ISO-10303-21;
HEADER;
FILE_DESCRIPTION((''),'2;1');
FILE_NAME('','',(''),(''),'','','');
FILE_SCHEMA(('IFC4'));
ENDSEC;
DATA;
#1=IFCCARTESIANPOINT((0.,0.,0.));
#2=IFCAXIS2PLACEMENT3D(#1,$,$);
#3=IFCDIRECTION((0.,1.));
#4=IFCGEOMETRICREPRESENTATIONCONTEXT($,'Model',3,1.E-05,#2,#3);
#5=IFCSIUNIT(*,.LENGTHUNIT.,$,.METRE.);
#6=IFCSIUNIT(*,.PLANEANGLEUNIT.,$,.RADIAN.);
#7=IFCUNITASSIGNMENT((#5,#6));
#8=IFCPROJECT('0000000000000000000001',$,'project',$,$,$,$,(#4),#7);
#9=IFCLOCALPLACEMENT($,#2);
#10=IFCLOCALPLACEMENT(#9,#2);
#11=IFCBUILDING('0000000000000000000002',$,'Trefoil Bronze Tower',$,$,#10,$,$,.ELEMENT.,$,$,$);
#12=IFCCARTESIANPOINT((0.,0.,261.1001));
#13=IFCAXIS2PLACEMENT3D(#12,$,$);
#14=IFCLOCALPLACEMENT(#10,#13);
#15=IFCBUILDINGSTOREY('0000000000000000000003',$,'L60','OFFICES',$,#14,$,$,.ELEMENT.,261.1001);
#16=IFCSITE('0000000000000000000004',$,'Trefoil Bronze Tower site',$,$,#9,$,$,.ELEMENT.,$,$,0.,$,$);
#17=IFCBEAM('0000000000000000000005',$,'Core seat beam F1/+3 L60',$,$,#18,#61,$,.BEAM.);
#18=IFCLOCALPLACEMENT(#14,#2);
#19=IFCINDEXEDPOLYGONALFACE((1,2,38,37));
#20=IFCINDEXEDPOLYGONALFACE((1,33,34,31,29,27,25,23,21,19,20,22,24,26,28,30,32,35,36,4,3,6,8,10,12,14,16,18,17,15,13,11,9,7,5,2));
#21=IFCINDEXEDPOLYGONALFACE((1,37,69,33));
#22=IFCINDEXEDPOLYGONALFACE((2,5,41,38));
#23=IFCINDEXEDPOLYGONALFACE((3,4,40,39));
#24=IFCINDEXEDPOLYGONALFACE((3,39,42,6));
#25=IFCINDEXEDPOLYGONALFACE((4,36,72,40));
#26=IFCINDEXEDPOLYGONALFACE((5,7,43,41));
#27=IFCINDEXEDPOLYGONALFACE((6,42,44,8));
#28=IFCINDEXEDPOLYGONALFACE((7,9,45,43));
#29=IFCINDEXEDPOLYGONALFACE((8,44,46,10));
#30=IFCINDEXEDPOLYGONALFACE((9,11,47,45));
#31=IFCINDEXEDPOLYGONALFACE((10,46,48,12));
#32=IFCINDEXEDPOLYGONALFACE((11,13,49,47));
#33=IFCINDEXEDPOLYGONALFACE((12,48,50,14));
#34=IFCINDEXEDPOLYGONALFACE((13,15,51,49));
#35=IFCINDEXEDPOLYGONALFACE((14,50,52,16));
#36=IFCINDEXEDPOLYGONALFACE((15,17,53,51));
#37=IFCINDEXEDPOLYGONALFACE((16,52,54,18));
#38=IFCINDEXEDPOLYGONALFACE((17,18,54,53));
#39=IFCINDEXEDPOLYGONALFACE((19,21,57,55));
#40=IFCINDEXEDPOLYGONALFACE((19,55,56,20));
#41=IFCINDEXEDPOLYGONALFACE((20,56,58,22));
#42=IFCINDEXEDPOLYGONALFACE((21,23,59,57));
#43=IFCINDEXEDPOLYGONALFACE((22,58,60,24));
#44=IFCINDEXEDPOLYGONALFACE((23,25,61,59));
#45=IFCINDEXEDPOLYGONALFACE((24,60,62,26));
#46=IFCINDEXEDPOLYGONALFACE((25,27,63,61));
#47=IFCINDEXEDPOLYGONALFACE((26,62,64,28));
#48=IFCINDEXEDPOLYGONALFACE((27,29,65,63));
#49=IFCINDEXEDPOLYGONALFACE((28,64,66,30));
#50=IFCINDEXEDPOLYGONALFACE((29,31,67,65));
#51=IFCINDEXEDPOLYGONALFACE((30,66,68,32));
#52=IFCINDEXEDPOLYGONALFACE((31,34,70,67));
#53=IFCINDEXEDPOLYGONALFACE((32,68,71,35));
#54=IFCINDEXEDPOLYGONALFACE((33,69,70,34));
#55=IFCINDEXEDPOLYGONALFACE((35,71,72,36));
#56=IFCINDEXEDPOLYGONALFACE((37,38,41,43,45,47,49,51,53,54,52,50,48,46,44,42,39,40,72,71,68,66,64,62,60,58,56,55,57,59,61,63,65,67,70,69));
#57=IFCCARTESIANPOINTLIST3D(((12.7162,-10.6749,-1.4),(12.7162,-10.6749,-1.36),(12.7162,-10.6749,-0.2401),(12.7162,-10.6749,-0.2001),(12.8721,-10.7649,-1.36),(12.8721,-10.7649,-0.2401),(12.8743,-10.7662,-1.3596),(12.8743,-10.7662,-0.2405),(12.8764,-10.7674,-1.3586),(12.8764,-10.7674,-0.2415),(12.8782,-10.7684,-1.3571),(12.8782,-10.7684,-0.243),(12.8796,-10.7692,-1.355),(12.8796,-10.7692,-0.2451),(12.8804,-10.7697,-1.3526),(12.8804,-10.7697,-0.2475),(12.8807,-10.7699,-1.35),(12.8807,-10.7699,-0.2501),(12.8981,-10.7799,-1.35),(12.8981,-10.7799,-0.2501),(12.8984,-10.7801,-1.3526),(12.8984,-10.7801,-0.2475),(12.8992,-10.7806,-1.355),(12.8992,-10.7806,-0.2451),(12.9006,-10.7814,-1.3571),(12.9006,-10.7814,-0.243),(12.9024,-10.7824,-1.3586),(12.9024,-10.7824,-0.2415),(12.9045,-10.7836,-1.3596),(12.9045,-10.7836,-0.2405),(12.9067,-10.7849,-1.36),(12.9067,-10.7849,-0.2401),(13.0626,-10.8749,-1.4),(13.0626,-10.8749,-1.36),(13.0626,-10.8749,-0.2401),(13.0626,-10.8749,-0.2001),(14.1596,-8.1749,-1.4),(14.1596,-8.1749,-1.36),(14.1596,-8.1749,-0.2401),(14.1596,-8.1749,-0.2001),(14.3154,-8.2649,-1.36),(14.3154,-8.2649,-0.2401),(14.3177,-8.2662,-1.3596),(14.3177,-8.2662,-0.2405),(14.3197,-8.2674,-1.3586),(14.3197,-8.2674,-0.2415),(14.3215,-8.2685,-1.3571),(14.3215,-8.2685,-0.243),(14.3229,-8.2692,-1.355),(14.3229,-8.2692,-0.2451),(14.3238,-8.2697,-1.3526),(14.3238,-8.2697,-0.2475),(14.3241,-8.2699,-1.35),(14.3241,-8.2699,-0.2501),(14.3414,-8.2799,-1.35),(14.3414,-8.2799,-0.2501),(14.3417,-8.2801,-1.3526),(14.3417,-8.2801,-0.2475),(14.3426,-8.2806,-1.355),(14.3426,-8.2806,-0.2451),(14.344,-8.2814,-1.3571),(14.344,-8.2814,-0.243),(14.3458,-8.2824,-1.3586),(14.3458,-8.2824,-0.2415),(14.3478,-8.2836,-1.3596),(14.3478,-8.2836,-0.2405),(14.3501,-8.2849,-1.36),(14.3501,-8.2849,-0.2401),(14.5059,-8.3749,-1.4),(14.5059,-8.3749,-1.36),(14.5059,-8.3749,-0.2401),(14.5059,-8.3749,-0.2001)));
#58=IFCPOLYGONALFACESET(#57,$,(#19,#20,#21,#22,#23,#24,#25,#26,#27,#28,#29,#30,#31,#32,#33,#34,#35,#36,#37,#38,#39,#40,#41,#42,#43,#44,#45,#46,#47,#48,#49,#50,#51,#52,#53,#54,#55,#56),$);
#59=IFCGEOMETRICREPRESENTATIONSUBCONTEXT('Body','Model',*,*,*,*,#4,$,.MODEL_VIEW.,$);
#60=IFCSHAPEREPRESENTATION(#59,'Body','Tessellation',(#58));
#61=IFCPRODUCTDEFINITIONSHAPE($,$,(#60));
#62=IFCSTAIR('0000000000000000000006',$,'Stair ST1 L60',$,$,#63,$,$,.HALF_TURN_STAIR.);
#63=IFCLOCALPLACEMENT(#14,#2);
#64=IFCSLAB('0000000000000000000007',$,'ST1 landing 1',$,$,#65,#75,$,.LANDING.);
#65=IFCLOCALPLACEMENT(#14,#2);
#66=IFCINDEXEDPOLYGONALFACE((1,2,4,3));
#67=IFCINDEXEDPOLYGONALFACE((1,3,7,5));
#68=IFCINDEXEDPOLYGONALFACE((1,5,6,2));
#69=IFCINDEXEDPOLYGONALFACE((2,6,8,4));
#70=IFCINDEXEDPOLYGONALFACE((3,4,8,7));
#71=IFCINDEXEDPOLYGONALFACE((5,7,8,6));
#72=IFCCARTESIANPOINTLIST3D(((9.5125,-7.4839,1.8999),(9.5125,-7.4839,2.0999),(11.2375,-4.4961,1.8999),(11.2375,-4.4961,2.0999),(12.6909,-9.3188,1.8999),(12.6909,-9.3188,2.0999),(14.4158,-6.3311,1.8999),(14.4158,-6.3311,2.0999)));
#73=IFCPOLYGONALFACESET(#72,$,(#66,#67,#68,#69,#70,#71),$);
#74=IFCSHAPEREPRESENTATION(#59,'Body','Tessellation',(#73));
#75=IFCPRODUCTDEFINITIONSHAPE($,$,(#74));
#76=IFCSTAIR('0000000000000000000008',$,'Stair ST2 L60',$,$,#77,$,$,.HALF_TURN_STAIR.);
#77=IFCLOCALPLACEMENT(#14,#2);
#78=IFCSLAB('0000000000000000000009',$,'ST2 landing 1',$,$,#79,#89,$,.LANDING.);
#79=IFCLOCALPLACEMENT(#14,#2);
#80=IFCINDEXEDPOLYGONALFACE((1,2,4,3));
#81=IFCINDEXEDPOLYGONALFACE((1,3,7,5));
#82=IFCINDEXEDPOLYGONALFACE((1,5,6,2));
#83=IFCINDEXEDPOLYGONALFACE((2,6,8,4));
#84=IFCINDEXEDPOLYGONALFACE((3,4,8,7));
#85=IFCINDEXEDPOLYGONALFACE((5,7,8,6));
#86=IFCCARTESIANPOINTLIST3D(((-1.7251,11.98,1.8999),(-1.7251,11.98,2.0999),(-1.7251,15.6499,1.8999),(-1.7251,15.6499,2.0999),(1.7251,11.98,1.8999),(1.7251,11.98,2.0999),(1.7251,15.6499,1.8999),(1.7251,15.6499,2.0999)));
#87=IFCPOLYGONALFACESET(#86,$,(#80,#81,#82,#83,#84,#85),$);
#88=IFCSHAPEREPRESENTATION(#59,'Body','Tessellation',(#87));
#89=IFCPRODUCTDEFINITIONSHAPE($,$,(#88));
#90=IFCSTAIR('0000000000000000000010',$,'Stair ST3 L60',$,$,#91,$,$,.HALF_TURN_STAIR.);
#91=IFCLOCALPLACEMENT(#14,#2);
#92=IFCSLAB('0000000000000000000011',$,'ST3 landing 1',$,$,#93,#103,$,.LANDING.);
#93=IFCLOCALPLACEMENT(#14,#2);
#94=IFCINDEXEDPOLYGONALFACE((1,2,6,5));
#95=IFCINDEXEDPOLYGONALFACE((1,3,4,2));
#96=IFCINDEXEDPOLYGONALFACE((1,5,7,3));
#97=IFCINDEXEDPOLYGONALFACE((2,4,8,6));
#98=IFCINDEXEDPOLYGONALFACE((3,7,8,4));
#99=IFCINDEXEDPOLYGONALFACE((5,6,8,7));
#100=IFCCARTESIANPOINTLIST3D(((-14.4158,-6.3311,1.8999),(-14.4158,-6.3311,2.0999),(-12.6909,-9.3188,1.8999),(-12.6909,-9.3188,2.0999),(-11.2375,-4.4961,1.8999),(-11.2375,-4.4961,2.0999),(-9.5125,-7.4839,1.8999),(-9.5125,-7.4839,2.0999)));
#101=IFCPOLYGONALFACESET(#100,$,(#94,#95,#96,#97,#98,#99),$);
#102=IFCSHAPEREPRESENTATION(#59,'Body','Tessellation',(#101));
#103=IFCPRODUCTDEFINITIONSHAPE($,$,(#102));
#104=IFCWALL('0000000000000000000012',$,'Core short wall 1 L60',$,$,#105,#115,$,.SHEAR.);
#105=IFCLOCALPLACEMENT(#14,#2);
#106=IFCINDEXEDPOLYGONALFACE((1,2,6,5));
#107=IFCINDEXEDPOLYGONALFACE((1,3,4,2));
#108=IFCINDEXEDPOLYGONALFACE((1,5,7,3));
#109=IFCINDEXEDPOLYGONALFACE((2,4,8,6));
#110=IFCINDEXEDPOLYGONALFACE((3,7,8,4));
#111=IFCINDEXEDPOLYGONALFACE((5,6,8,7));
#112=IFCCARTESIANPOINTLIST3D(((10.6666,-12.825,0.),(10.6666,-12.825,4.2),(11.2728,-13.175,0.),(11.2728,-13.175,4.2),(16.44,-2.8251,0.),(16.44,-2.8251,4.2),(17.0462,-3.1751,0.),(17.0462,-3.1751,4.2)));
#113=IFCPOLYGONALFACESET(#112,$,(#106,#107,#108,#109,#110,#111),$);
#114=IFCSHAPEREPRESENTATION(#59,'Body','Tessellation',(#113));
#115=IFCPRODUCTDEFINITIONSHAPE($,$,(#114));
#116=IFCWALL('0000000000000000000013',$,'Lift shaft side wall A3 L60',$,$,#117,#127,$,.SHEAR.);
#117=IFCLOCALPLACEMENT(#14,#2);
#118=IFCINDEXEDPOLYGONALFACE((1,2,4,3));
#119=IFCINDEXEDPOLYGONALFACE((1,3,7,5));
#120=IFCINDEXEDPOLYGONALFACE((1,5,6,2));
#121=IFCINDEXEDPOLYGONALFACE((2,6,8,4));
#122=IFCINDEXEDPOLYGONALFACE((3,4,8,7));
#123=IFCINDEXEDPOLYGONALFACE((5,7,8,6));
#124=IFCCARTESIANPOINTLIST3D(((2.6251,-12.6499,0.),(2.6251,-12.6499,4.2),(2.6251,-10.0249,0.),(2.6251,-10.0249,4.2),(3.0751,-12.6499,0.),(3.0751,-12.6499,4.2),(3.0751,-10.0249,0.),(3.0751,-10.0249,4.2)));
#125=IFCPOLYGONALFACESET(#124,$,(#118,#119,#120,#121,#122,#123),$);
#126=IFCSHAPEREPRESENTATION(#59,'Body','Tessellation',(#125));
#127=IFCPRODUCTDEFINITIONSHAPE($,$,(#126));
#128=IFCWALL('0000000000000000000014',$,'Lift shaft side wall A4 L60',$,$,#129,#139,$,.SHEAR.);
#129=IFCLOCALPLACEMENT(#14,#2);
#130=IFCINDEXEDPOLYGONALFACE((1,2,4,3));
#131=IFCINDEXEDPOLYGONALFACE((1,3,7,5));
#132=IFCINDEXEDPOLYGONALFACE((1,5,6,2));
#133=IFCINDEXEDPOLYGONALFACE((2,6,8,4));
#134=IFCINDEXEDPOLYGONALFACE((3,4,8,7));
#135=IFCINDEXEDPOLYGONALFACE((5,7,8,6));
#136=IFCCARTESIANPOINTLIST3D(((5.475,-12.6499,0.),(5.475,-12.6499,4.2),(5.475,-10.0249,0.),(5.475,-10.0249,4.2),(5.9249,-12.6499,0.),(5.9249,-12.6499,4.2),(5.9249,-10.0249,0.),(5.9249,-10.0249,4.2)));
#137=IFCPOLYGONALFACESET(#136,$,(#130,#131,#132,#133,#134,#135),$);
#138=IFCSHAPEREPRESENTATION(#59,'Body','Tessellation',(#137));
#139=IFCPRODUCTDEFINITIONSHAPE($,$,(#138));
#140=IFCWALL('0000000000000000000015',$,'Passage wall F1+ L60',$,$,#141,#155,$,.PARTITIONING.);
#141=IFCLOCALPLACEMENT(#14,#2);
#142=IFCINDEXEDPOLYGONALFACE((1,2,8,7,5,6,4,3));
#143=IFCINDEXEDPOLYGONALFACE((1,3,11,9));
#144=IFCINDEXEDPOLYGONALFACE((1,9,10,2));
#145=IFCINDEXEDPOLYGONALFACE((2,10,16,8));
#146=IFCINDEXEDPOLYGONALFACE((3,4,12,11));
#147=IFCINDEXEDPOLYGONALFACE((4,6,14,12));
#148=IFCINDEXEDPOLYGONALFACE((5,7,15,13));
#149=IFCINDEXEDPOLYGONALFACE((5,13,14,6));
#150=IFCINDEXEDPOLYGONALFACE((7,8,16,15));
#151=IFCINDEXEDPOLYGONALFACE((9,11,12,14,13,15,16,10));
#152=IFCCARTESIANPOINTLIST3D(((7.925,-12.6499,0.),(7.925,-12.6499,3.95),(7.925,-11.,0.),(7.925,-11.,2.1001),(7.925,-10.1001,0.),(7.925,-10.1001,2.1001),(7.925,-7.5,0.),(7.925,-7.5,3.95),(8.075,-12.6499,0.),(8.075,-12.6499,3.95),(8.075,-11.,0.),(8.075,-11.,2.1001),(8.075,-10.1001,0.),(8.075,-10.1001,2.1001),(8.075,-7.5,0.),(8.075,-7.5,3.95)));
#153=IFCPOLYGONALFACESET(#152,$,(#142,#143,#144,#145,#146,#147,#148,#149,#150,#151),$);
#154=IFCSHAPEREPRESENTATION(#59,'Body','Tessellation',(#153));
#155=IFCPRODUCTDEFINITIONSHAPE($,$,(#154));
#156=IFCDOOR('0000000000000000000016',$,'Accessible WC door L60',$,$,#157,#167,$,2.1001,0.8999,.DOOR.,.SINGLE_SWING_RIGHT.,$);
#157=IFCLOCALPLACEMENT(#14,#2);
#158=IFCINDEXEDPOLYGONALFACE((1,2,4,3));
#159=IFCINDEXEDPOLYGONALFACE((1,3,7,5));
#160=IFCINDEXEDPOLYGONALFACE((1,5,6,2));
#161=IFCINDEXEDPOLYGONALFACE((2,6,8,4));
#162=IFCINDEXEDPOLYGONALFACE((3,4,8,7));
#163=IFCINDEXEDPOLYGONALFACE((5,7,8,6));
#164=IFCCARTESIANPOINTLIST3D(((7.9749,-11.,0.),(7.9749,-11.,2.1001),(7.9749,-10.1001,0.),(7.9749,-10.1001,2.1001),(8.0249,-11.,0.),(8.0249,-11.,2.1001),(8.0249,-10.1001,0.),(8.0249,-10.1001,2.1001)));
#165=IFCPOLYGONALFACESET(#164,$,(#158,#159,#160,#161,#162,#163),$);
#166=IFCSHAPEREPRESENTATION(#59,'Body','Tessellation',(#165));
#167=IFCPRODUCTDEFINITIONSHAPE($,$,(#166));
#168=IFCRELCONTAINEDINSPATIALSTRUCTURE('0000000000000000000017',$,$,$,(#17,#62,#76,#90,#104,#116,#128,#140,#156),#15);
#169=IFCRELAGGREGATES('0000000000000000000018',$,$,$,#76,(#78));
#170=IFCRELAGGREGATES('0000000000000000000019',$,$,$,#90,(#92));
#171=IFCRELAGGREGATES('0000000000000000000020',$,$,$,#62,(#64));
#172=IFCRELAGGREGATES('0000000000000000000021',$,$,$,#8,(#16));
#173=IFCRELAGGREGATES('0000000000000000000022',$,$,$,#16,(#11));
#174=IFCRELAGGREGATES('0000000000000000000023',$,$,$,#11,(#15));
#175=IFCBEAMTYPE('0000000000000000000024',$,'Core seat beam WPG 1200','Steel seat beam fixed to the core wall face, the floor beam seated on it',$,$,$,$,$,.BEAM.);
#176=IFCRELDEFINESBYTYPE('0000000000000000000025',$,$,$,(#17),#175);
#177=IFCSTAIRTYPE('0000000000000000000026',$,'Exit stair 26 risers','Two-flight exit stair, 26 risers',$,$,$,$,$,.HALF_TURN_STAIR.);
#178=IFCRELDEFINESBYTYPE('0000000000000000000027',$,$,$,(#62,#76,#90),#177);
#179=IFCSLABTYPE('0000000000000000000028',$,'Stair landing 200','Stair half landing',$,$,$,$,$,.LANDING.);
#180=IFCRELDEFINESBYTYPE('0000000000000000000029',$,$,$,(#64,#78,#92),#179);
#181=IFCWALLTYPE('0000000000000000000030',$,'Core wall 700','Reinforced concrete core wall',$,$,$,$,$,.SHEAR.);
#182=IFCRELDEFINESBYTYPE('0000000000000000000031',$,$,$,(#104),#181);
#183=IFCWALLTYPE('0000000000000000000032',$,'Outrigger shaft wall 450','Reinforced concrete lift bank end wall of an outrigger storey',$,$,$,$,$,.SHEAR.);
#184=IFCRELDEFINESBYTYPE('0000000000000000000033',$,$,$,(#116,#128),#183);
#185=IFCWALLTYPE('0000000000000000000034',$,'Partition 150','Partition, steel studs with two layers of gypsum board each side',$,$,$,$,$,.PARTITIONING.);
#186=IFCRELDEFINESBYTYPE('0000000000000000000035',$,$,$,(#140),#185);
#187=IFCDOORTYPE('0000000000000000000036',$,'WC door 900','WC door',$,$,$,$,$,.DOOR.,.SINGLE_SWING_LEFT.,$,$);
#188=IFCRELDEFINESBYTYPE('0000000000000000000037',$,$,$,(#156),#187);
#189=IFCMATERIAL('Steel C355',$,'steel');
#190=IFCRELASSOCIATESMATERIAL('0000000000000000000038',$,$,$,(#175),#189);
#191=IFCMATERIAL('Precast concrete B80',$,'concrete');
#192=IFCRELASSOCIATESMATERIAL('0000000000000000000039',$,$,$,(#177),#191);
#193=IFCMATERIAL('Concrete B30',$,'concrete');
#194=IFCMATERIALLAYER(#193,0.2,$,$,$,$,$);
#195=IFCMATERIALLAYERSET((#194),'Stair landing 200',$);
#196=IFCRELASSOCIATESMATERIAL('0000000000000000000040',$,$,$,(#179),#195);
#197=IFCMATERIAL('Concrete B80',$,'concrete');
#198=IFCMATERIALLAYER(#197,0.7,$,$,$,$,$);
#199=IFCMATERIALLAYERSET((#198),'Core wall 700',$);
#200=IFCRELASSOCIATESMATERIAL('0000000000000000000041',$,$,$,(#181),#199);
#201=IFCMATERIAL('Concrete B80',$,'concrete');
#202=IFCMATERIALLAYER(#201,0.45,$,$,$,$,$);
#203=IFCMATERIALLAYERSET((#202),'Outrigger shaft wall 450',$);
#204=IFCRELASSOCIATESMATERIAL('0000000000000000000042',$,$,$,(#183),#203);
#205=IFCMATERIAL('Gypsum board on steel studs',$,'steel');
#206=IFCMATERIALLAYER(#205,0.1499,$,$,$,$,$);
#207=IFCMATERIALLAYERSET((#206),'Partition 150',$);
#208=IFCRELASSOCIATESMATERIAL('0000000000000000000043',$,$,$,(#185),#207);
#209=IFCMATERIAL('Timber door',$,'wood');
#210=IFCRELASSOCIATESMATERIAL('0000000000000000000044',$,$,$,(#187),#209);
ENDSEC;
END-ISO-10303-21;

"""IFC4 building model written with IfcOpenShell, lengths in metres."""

from ifc_helpers import new_model, si_unit, direction, frame, frame_2d, origin, origin_2d, place, context, subcontext, project, spatial, polyline, rectangle, i_section, outline, extrude, material, layer, layer_set, material_profile, profile_set, type_object, element, fill, aggregate, save


model = new_model("IFC4")

# Units and contexts
model_context = context("Model", 3, precision=1e-05, world=origin(), true_north=direction((0.0, 1.0)))
body_context = subcontext(model_context, "Body", "Model", "MODEL_VIEW")
ifc_project = project(units=[si_unit("LENGTHUNIT", "METRE"), si_unit("PLANEANGLEUNIT", "RADIAN")], contexts=[model_context])

# Site, building, storey
site_placement = place(None, origin())
site = spatial("IfcSite", under=ifc_project, at=site_placement, Name="Trefoil Bronze Tower site", CompositionType="ELEMENT", RefElevation=0.0)
building_placement = place(site_placement, origin())
building = spatial("IfcBuilding", under=site, at=building_placement, Name="Trefoil Bronze Tower", CompositionType="ELEMENT")
storey_placement = place(building_placement, frame((0.0, 0.0, 261.1001)))
storey = spatial("IfcBuildingStorey", under=building, at=storey_placement, Name="L60", Description="OFFICES", CompositionType="ELEMENT", Elevation=261.1001)

# Beam
ifc_material_1 = material(Name="Steel C355", Category="steel")
ifc_material_profile = material_profile(ifc_material_1, i_section(OverallWidth=0.3999, OverallDepth=1.2, WebThickness=0.02, FlangeThickness=0.04, FilletRadius=0.01, at=origin_2d()), Name="WPG 1200")
ifc_profile_set = profile_set([ifc_material_profile], Name="Steel C355")
beam_type = type_object("IfcBeamType", Name="Core seat beam WPG 1200", Description="Steel seat beam fixed to the core wall face, the floor beam seated on it", PredefinedType="BEAM", material=ifc_profile_set)
beam_placement = place(storey_placement, frame((12.8894, -10.7749, -0.8), z_axis=(0.499996, 0.866028, 0.0), x_axis=(-0.866028, 0.499996, 0.0)))
element("IfcBeam", 1, at=beam_placement, inside=storey, type_object=beam_type, Name="Core seat beam F1/+3 L60", PredefinedType="BEAM", context=body_context, shape_type="SweptSolid", body=[
    extrude(i_section(OverallWidth=0.3999, OverallDepth=1.2, WebThickness=0.02, FlangeThickness=0.04, FilletRadius=0.01, at=origin_2d()), origin(), (0.0, 0.0, 1.0), 2.8867),
])

# Stairs, slabs
ifc_material_2 = material(Name="Precast concrete B80", Category="concrete")
stair_type = type_object("IfcStairType", Name="Exit stair 26 risers", Description="Two-flight exit stair, 26 risers", PredefinedType="HALF_TURN_STAIR", material=ifc_material_2)
stair_1_placement = place(storey_placement, origin())
stair_1 = element("IfcStair", 2, at=stair_1_placement, inside=storey, type_object=stair_type, Name="Stair ST1 L60", PredefinedType="HALF_TURN_STAIR")
ifc_material_3 = material(Name="Concrete B30", Category="concrete")
ifc_layer_1 = layer(ifc_material_3, 0.2)
ifc_layer_set_1 = layer_set([ifc_layer_1], Name="Stair landing 200")
slab_type = type_object("IfcSlabType", Name="Stair landing 200", Description="Stair half landing", PredefinedType="LANDING", material=ifc_layer_set_1)
slab_1_placement = place(storey_placement, frame((0.0, 0.0, 1.8999)))
slab_1 = element("IfcSlab", 3, at=slab_1_placement, type_object=slab_type, Name="ST1 landing 1", PredefinedType="LANDING", context=body_context, shape_type="SweptSolid", body=[
    extrude(outline(polyline([(9.5125, -7.4839), (12.6909, -9.3188), (14.4158, -6.3311), (11.2375, -4.4961), (9.5125, -7.4839)])), origin(), (0.0, 0.0, 1.0), 0.2),
])
stair_2_placement = place(storey_placement, origin())
stair_2 = element("IfcStair", 4, at=stair_2_placement, inside=storey, type_object=stair_type, Name="Stair ST2 L60", PredefinedType="HALF_TURN_STAIR")
slab_2_placement = place(storey_placement, frame((0.0, 0.0, 1.8999)))
slab_2 = element("IfcSlab", 5, at=slab_2_placement, type_object=slab_type, Name="ST2 landing 1", PredefinedType="LANDING", context=body_context, shape_type="SweptSolid", body=[
    extrude(outline(polyline([(1.7251, 11.98), (1.7251, 15.6499), (-1.7251, 15.6499), (-1.7251, 11.98), (1.7251, 11.98)])), origin(), (0.0, 0.0, 1.0), 0.2),
])
aggregate(stair_2, [slab_2])
stair_3_placement = place(storey_placement, origin())
stair_3 = element("IfcStair", 6, at=stair_3_placement, inside=storey, type_object=stair_type, Name="Stair ST3 L60", PredefinedType="HALF_TURN_STAIR")
slab_3_placement = place(storey_placement, frame((0.0, 0.0, 1.8999)))
slab_3 = element("IfcSlab", 7, at=slab_3_placement, type_object=slab_type, Name="ST3 landing 1", PredefinedType="LANDING", context=body_context, shape_type="SweptSolid", body=[
    extrude(outline(polyline([(-11.2375, -4.4961), (-14.4158, -6.3311), (-12.6909, -9.3188), (-9.5125, -7.4839), (-11.2375, -4.4961)])), origin(), (0.0, 0.0, 1.0), 0.2),
])
aggregate(stair_3, [slab_3])

# Walls
ifc_material_4 = material(Name="Concrete B80", Category="concrete")
ifc_layer_2 = layer(ifc_material_4, 0.7)
ifc_layer_set_2 = layer_set([ifc_layer_2], Name="Core wall 700")
wall_type_1 = type_object("IfcWallType", Name="Core wall 700", Description="Reinforced concrete core wall", PredefinedType="SHEAR", material=ifc_layer_set_2)
wall_1_placement = place(storey_placement, frame((10.9697, -13.0, 0.0), z_axis=(0.0, 0.0, 1.0), x_axis=(0.499996, 0.866028, 0.0)))
element("IfcWall", 8, at=wall_1_placement, inside=storey, type_object=wall_type_1, Name="Core short wall 1 L60", PredefinedType="SHEAR", context=body_context, shape_type="SweptSolid", body=[
    extrude(rectangle(XDim=11.5469, YDim=0.7, at=frame_2d((5.7734, 0.0))), origin(), (0.0, 0.0, 1.0), 4.2),
])
ifc_material_5 = material(Name="Concrete B80", Category="concrete")
ifc_layer_3 = layer(ifc_material_5, 0.45)
ifc_layer_set_3 = layer_set([ifc_layer_3], Name="Outrigger shaft wall 450")
wall_type_2 = type_object("IfcWallType", Name="Outrigger shaft wall 450", Description="Reinforced concrete lift bank end wall of an outrigger storey", PredefinedType="SHEAR", material=ifc_layer_set_3)
for number, where, z_axis, x_axis, name in (
    (9, (2.8501, -10.0249, 0.0), (0.0, 0.0, 1.0), (0.0, -1.0, 0.0), "Lift shaft side wall A3 L60"),
    (10, (5.7, -10.0249, 0.0), (0.0, 0.0, 1.0), (0.0, -1.0, 0.0), "Lift shaft side wall A4 L60"),
):
    element("IfcWall", number, at=place(storey_placement, frame(where, z_axis=z_axis, x_axis=x_axis)), inside=storey, type_object=wall_type_2, Name=name, PredefinedType="SHEAR", context=body_context, shape_type="SweptSolid", body=[
        extrude(rectangle(XDim=2.625, YDim=0.45, at=frame_2d((1.3125, 0.0))), origin(), (0.0, 0.0, 1.0), 4.2),
    ])

# Wall, opening, door
ifc_material_6 = material(Name="Gypsum board on steel studs", Category="steel")
ifc_layer_4 = layer(ifc_material_6, 0.1499)
ifc_layer_set_4 = layer_set([ifc_layer_4], Name="Partition 150")
wall_type_3 = type_object("IfcWallType", Name="Partition 150", Description="Partition, steel studs with two layers of gypsum board each side", PredefinedType="PARTITIONING", material=ifc_layer_set_4)
wall_2_placement = place(storey_placement, frame((8.0, -7.5, 0.0), z_axis=(0.0, 0.0, 1.0), x_axis=(0.0, -1.0, 0.0)))
wall_2 = element("IfcWall", 11, at=wall_2_placement, inside=storey, type_object=wall_type_3, Name="Passage wall F1+ L60", PredefinedType="PARTITIONING", context=body_context, shape_type="SweptSolid", body=[
    extrude(rectangle(XDim=5.1499, YDim=0.1499, at=frame_2d((2.575, 0.0))), origin(), (0.0, 0.0, 1.0), 3.95),
])
opening_1_placement = place(wall_2_placement, frame((2.6001, 0.0, 0.0)))
opening_1 = element("IfcOpeningElement", 12, at=opening_1_placement, cuts=wall_2, PredefinedType="OPENING", context=body_context, shape_type="SweptSolid", body=[
    extrude(rectangle(XDim=0.8999, YDim=2.1001, at=frame_2d((0.45, 1.05))), frame((0.0, 0.085, 0.0), z_axis=(0.0, -1.0, 0.0), x_axis=(1.0, 0.0, 0.0)), (0.0, 0.0, 1.0), 0.1699),
])
ifc_material_7 = material(Name="Timber door", Category="wood")
door_type_1 = type_object("IfcDoorType", Name="WC door 900", Description="WC door", OperationType="SINGLE_SWING_LEFT", PredefinedType="DOOR", material=ifc_material_7)
door_1_placement = place(opening_1_placement, origin())
door_1 = element("IfcDoor", 13, at=door_1_placement, inside=storey, type_object=door_type_1, Name="Accessible WC door L60", OperationType="SINGLE_SWING_RIGHT", OverallHeight=2.1001, OverallWidth=0.8999, PredefinedType="DOOR", context=body_context, shape_type="SweptSolid", body=[
    extrude(rectangle(XDim=0.8999, YDim=2.1001, at=frame_2d((0.45, 1.05))), frame((0.0, 0.0249, 0.0), z_axis=(0.0, -1.0, 0.0), x_axis=(1.0, 0.0, 0.0)), (0.0, 0.0, 1.0), 0.05),
])
fill(opening_1, door_1)

aggregate(stair_1, [slab_1])

save(model, "model.ifc")
